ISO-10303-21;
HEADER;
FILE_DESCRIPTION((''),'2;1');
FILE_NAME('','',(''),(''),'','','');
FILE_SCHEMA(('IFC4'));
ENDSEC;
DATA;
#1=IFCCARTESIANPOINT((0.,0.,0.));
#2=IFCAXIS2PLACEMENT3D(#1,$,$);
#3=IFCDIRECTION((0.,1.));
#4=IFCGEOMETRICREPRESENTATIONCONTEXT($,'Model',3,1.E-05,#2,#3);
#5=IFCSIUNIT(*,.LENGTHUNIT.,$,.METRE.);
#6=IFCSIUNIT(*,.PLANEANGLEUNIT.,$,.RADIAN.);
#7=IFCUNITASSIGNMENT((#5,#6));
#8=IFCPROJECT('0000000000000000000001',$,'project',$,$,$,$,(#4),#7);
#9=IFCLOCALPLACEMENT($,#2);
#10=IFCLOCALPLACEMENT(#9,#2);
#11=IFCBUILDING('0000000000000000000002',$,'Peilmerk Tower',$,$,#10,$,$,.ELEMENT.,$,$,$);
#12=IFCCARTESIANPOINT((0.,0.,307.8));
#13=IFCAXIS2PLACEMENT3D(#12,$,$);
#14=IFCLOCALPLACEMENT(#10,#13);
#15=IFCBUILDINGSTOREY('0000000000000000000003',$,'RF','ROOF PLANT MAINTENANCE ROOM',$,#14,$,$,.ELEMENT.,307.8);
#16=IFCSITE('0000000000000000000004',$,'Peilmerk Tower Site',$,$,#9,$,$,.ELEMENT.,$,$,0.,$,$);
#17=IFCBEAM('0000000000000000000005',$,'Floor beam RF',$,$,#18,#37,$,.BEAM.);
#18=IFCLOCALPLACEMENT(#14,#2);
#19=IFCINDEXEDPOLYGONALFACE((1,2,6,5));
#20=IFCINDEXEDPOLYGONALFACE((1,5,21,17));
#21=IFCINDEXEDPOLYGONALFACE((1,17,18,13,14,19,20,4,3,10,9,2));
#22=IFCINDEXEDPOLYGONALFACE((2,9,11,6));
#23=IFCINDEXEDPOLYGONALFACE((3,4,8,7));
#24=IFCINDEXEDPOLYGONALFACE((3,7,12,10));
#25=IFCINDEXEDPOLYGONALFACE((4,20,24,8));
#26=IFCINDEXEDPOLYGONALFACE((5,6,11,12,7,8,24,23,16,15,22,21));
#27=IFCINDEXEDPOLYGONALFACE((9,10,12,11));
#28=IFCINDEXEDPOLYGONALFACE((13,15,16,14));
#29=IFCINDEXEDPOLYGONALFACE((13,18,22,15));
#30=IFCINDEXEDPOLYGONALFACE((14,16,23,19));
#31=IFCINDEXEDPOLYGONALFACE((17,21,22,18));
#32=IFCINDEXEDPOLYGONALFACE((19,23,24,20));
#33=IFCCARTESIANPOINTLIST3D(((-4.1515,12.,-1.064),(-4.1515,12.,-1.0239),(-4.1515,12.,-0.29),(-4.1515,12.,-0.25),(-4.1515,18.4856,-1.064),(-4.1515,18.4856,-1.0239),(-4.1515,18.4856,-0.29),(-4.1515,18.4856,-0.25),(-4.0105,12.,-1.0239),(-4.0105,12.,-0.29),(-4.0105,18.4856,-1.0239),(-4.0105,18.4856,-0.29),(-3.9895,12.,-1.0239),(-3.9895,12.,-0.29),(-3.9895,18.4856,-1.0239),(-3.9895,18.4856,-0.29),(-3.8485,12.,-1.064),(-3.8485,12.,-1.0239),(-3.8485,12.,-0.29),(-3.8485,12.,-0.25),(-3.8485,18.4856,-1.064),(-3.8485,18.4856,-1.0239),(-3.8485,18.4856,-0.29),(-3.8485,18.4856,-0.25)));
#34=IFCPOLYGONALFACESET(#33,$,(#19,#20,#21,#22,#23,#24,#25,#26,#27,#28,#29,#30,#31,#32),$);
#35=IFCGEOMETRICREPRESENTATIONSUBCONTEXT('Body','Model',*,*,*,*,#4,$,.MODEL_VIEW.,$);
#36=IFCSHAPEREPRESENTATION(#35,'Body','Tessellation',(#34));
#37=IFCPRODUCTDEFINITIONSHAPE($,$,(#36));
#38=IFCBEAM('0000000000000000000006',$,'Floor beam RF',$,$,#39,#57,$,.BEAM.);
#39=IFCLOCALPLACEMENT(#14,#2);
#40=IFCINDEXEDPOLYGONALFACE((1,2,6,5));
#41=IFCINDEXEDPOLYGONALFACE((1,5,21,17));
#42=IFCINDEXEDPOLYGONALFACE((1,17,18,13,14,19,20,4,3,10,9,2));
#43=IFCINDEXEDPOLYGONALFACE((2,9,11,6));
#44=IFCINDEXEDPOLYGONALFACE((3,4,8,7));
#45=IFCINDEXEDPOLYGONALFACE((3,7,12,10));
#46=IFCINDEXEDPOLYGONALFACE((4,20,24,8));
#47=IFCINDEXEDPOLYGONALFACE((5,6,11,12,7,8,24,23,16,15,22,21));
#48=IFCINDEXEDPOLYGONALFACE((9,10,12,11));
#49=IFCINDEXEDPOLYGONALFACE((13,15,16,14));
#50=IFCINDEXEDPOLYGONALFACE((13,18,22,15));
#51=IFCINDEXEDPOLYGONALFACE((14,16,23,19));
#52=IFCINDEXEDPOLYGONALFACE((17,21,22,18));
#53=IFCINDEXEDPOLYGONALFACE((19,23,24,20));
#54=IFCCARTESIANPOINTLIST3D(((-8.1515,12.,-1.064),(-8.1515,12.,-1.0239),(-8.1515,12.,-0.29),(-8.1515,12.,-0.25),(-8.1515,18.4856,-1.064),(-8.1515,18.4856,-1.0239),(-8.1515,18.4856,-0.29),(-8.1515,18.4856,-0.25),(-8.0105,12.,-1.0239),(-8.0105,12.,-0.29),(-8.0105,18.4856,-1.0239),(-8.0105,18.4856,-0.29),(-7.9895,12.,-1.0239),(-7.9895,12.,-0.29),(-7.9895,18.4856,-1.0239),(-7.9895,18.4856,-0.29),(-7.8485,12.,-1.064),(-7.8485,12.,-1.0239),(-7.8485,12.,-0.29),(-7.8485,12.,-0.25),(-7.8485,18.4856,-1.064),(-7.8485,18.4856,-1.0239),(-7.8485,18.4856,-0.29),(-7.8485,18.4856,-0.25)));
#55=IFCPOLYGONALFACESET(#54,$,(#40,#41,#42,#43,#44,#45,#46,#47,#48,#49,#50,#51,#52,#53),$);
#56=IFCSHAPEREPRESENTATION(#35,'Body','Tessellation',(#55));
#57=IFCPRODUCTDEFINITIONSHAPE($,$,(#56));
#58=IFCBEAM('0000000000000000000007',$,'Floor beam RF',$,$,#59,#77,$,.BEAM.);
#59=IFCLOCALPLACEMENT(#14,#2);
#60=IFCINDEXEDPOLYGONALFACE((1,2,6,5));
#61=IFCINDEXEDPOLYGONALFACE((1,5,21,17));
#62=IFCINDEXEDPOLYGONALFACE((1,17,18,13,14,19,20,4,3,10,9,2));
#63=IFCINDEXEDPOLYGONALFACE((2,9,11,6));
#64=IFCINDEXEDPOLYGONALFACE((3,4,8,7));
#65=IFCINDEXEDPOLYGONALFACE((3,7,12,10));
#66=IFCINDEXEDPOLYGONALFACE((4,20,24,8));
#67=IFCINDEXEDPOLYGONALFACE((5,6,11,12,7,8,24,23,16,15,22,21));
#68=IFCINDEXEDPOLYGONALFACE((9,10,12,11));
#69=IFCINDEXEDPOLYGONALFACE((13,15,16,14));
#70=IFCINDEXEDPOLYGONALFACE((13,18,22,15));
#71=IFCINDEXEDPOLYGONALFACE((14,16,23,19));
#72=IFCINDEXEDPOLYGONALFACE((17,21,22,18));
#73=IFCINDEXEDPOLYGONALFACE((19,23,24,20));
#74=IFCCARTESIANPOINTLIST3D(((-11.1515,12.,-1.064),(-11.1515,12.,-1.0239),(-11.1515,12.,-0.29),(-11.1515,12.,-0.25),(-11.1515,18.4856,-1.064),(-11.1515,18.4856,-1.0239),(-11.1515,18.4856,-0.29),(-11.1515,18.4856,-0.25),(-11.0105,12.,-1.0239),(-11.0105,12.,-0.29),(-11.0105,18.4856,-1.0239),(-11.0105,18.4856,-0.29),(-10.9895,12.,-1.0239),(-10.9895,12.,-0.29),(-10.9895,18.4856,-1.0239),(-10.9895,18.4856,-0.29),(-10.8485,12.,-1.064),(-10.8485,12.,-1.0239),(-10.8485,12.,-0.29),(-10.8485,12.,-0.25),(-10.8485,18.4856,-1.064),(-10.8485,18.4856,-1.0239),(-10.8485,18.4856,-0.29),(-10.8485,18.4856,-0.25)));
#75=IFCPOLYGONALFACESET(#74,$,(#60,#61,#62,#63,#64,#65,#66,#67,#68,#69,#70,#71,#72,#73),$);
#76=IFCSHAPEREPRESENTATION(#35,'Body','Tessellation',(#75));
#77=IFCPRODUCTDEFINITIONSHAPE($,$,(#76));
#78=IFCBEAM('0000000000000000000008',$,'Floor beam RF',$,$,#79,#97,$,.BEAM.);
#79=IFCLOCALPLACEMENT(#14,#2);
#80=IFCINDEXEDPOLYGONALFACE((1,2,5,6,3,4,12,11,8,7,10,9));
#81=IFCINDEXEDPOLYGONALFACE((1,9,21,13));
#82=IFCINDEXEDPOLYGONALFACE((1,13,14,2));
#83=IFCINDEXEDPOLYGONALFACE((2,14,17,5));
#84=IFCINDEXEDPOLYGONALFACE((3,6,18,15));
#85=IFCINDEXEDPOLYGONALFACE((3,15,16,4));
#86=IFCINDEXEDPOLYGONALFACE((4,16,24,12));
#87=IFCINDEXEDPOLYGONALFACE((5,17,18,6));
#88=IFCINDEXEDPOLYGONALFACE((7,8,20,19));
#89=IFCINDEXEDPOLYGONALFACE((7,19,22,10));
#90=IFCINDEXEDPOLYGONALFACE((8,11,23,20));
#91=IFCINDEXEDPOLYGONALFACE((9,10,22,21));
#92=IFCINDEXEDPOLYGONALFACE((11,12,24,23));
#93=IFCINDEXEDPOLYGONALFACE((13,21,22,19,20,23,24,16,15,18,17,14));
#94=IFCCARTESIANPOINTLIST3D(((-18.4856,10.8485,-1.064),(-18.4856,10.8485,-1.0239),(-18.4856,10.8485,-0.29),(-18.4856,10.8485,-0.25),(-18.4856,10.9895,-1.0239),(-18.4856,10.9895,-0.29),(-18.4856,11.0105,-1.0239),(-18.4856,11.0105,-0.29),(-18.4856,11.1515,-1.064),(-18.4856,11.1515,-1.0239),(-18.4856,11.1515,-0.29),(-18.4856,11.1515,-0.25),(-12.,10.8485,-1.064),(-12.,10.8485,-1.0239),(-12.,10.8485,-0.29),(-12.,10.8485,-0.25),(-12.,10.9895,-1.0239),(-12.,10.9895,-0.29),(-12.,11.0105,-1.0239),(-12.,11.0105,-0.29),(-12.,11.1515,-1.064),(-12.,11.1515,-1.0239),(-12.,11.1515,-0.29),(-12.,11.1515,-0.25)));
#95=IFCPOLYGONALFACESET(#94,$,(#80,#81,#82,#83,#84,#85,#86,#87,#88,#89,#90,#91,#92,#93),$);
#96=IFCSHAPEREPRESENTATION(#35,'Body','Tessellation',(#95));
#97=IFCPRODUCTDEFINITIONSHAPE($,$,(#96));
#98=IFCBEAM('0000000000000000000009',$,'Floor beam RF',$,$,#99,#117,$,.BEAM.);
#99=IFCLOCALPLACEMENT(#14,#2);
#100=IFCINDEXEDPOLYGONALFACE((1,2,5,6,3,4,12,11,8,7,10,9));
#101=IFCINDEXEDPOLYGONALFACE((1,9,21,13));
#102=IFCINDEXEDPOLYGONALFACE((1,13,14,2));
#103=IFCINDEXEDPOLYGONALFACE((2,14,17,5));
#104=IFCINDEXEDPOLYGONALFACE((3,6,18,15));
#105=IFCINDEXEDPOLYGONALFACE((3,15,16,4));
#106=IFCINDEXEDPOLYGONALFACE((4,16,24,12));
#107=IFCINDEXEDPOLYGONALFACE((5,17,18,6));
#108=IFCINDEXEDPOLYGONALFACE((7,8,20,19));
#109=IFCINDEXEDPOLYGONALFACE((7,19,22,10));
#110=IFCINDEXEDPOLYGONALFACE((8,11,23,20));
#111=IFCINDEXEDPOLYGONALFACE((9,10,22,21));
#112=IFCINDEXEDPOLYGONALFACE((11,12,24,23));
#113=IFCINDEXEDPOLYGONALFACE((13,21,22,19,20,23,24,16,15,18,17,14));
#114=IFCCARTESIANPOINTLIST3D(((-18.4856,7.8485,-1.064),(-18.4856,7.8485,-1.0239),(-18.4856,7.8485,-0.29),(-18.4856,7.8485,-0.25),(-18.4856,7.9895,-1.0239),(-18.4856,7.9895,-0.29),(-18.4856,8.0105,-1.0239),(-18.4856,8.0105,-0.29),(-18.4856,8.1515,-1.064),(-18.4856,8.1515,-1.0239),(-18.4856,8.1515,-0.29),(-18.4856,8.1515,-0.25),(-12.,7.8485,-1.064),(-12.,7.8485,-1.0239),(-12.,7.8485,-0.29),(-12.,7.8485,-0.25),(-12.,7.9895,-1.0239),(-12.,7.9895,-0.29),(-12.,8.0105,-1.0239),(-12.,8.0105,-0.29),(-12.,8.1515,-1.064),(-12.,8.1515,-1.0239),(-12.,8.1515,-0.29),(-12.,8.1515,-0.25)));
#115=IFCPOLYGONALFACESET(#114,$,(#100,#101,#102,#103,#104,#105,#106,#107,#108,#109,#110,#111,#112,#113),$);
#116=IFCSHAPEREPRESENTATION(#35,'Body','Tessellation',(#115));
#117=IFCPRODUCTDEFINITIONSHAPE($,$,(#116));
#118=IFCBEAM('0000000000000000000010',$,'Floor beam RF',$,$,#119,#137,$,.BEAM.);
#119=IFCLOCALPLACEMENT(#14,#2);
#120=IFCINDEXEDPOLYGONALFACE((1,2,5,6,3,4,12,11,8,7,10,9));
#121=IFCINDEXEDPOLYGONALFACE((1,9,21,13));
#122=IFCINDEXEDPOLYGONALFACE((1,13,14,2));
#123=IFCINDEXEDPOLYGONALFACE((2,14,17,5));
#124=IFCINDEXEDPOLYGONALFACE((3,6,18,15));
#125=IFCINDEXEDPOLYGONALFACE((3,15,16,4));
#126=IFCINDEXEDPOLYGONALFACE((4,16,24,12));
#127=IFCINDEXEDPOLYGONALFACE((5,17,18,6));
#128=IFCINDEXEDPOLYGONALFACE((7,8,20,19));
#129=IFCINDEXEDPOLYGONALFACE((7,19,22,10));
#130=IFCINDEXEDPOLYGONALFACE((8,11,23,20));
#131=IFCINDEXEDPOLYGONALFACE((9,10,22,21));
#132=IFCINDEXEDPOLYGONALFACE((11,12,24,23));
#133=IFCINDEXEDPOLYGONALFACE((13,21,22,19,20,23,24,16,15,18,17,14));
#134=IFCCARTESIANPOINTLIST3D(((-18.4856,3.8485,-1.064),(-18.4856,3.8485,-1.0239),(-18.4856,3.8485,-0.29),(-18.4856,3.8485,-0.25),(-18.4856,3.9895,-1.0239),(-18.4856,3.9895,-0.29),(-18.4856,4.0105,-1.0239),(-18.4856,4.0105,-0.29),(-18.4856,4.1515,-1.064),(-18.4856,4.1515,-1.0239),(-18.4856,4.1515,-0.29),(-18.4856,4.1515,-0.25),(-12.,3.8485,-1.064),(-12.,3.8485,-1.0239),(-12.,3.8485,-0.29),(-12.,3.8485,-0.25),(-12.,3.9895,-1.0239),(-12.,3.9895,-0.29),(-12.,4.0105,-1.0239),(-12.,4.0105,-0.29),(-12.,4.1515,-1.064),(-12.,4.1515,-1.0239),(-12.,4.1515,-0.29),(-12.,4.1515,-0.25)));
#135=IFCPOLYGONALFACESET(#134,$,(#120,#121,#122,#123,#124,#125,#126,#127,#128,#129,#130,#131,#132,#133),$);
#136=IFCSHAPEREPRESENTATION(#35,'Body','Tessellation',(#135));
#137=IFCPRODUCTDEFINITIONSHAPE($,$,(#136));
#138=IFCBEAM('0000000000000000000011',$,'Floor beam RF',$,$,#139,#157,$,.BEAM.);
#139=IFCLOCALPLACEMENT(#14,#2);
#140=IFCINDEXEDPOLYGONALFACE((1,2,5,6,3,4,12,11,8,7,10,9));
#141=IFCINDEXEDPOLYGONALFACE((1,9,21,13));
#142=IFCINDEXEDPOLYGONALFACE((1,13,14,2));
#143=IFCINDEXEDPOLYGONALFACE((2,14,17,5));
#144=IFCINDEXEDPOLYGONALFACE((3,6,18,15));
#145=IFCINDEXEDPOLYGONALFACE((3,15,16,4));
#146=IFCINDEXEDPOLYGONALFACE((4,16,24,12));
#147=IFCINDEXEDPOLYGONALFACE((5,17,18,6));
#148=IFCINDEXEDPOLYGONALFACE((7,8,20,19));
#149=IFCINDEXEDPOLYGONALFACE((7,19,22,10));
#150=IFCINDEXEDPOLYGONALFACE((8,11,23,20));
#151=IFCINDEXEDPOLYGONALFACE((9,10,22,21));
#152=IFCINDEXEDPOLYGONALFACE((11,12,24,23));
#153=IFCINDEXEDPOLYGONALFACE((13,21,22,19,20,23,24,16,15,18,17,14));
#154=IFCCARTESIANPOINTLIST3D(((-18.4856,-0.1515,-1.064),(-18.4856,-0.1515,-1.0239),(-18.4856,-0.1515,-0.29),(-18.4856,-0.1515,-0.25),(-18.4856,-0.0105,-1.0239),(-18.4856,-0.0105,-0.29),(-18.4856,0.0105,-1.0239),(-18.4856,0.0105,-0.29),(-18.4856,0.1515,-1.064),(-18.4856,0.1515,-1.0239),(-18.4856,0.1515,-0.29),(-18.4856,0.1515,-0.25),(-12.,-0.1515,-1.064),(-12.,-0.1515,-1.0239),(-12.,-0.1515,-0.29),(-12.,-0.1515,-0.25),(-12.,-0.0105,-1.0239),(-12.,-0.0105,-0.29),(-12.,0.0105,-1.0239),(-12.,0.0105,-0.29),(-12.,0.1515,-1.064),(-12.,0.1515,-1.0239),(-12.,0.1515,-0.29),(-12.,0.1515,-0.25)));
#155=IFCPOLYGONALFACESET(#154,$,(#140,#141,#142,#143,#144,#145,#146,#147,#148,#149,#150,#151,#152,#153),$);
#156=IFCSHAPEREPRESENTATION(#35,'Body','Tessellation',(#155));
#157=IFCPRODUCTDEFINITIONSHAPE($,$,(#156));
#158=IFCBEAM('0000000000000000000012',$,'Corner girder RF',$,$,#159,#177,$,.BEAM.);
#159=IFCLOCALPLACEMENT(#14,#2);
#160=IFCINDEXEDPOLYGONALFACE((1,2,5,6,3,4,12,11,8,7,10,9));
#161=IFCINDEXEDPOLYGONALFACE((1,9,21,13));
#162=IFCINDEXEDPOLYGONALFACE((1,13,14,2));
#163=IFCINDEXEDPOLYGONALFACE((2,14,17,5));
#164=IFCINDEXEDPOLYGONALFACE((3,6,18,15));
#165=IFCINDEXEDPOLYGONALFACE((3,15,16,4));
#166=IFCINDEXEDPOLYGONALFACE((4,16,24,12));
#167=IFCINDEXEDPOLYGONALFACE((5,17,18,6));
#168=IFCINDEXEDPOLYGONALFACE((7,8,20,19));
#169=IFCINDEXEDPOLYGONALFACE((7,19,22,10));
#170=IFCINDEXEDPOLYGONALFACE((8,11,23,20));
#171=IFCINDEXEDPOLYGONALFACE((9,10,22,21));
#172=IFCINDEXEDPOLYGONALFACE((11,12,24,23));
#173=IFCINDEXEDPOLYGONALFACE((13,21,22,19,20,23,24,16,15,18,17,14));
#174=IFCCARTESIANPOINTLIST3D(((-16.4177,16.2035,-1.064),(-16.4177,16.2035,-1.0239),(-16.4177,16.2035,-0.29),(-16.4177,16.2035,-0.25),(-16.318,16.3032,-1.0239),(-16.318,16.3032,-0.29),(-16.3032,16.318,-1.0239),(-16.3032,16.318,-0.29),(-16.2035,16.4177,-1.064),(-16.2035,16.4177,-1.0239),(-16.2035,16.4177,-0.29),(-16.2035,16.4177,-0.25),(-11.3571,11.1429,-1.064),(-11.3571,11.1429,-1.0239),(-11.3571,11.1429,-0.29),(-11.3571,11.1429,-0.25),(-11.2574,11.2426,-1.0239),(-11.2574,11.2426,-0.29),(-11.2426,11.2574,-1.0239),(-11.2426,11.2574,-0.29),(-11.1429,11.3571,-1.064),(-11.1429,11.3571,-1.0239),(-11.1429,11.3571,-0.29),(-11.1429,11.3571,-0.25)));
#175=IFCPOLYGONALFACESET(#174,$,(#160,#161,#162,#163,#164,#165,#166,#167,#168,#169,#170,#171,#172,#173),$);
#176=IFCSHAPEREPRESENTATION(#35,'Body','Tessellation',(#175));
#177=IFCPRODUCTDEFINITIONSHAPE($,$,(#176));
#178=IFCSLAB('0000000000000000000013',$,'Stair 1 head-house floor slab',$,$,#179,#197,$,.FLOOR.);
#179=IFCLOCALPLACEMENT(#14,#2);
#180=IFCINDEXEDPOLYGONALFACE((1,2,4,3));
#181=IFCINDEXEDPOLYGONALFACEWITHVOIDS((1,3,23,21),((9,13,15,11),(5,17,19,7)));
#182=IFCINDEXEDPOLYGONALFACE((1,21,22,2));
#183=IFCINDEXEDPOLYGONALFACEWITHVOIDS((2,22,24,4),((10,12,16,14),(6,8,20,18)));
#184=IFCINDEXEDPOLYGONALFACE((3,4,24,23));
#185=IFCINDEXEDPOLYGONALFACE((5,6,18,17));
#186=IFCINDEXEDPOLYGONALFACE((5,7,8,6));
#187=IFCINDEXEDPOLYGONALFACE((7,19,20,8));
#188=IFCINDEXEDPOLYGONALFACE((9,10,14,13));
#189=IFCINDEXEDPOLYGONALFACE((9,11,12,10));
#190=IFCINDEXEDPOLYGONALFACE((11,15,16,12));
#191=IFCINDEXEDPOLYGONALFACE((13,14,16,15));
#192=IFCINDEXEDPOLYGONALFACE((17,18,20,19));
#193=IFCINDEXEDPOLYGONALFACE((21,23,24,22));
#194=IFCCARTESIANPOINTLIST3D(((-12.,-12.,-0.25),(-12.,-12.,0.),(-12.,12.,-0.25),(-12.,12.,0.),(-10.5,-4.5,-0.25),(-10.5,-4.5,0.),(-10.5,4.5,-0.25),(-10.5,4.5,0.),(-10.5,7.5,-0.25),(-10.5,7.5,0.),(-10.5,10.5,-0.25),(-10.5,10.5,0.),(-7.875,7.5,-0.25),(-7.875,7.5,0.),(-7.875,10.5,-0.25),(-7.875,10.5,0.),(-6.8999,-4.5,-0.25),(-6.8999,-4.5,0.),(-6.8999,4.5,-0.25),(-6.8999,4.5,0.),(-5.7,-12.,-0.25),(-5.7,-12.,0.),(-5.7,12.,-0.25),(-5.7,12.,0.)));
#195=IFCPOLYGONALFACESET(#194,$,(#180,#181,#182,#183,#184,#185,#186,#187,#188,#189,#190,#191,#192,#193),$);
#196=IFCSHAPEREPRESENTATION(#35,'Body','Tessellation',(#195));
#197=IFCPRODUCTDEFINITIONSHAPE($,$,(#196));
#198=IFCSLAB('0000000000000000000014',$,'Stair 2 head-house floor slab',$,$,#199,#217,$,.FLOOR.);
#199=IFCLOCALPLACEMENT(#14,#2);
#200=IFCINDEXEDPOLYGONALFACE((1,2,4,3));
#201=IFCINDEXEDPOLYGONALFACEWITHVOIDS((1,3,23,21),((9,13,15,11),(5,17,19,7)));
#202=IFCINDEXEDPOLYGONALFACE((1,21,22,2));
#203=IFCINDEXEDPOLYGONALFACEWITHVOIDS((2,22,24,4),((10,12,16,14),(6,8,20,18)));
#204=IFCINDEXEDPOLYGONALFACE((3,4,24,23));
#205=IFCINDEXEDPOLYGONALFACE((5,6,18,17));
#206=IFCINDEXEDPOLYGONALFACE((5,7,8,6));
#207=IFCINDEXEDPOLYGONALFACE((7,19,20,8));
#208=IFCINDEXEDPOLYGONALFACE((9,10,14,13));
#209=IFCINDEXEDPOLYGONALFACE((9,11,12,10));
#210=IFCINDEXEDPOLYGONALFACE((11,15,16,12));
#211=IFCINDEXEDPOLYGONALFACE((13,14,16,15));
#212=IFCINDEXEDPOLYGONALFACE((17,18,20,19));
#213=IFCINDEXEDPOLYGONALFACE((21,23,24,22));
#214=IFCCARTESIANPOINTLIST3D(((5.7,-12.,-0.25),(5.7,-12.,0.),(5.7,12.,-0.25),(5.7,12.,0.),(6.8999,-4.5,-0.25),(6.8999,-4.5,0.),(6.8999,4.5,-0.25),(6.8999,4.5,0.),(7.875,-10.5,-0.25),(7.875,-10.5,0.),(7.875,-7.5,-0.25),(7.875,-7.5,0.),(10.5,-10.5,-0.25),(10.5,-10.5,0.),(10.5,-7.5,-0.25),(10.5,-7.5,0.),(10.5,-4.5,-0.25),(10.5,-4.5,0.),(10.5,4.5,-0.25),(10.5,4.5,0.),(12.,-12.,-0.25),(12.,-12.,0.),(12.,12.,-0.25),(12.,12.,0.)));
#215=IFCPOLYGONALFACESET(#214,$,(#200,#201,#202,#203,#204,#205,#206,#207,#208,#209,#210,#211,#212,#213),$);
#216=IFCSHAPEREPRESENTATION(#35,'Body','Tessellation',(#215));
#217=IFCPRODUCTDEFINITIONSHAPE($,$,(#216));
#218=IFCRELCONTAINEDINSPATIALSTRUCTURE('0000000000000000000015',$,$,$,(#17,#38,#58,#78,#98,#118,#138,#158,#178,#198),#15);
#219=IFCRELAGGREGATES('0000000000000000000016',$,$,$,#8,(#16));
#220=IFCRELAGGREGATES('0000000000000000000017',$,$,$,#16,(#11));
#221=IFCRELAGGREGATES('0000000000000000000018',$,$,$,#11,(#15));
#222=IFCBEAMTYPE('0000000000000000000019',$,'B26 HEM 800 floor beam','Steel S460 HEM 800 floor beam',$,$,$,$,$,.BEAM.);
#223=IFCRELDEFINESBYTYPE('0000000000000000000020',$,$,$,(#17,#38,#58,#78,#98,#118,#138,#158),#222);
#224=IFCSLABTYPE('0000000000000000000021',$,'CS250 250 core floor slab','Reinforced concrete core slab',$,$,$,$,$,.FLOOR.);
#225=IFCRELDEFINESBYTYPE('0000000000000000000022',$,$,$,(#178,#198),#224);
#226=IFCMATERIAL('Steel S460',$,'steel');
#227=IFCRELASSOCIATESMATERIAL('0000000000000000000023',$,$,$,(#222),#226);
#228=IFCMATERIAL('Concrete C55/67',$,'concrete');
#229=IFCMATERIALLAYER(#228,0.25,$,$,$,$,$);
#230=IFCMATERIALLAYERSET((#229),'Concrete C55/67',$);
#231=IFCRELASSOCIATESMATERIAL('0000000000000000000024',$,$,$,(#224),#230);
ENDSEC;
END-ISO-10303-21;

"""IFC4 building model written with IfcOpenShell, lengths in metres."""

from ifc_helpers import new_model, si_unit, direction, frame, origin, origin_2d, place, context, subcontext, project, spatial, polyline, i_section, outline, extrude, material, layer, layer_set, material_profile, profile_set, type_object, element, save


model = new_model("IFC4")

# Units and contexts
model_context = context("Model", 3, precision=1e-05, world=origin(), true_north=direction((0.0, 1.0)))
body_context = subcontext(model_context, "Body", "Model", "MODEL_VIEW")
ifc_project = project(units=[si_unit("LENGTHUNIT", "METRE"), si_unit("PLANEANGLEUNIT", "RADIAN")], contexts=[model_context])

# Site, building, storey
site_placement = place(None, origin())
site = spatial("IfcSite", under=ifc_project, at=site_placement, Name="Peilmerk Tower Site", CompositionType="ELEMENT", RefElevation=0.0)
building_placement = place(site_placement, origin())
building = spatial("IfcBuilding", under=site, at=building_placement, Name="Peilmerk Tower", CompositionType="ELEMENT")
storey_placement = place(building_placement, frame((0.0, 0.0, 307.8)))
storey = spatial("IfcBuildingStorey", under=building, at=storey_placement, Name="RF", Description="ROOF PLANT MAINTENANCE ROOM", CompositionType="ELEMENT", Elevation=307.8)

# Beams
ifc_material_1 = material(Name="Steel S460", Category="steel")
ifc_material_profile = material_profile(ifc_material_1, i_section(OverallWidth=0.303, OverallDepth=0.814, WebThickness=0.021, FlangeThickness=0.04, at=origin_2d()), Name="HEM 800")
ifc_profile_set = profile_set([ifc_material_profile], Name="Steel S460")
beam_type = type_object("IfcBeamType", Name="B26 HEM 800 floor beam", Description="Steel S460 HEM 800 floor beam", PredefinedType="BEAM", material=ifc_profile_set)
for number, where, z_axis, x_axis, name in (
    (1, (-4.0, 12.0, -0.657), (0.0, 1.0, 0.0), (-1.0, 0.0, 0.0), "Floor beam RF"),
    (2, (-8.0, 12.0, -0.657), (0.0, 1.0, 0.0), (-1.0, 0.0, 0.0), "Floor beam RF"),
    (3, (-11.0, 12.0, -0.657), (0.0, 1.0, 0.0), (-1.0, 0.0, 0.0), "Floor beam RF"),
    (4, (-12.0, 11.0, -0.657), (-1.0, 0.0, 0.0), (0.0, -1.0, 0.0), "Floor beam RF"),
    (5, (-12.0, 8.0, -0.657), (-1.0, 0.0, 0.0), (0.0, -1.0, 0.0), "Floor beam RF"),
    (6, (-12.0, 4.0, -0.657), (-1.0, 0.0, 0.0), (0.0, -1.0, 0.0), "Floor beam RF"),
    (7, (-12.0, 0.0, -0.657), (-1.0, 0.0, 0.0), (0.0, -1.0, 0.0), "Floor beam RF"),
):
    element("IfcBeam", number, at=place(storey_placement, frame(where, z_axis=z_axis, x_axis=x_axis)), inside=storey, type_object=beam_type, Name=name, PredefinedType="BEAM", context=body_context, shape_type="SweptSolid", body=[
        extrude(i_section(OverallWidth=0.303, OverallDepth=0.814, WebThickness=0.021, FlangeThickness=0.04, at=origin_2d()), origin(), (0.0, 0.0, 1.0), 6.4856),
    ])
beam_placement = place(storey_placement, frame((-11.25, 11.25, -0.657), z_axis=(-0.707107, 0.707107, 0.0), x_axis=(-0.707107, -0.707107, 0.0)))
element("IfcBeam", 8, at=beam_placement, inside=storey, type_object=beam_type, Name="Corner girder RF", PredefinedType="BEAM", context=body_context, shape_type="SweptSolid", body=[
    extrude(i_section(OverallWidth=0.303, OverallDepth=0.814, WebThickness=0.021, FlangeThickness=0.04, at=origin_2d()), origin(), (0.0, 0.0, 1.0), 7.1567),
])

# Slabs
ifc_material_2 = material(Name="Concrete C55/67", Category="concrete")
ifc_layer_1 = layer(ifc_material_2, 0.25)
ifc_layer_set_1 = layer_set([ifc_layer_1], Name="Concrete C55/67")
slab_type_1 = type_object("IfcSlabType", Name="CS250 250 core floor slab", Description="Reinforced concrete core slab", PredefinedType="FLOOR", material=ifc_layer_set_1)
slab_1_placement = place(storey_placement, frame((0.0, 0.0, -0.25)))
element("IfcSlab", 9, at=slab_1_placement, inside=storey, type_object=slab_type_1, Name="Stair 1 head-house floor slab", PredefinedType="FLOOR", context=body_context, shape_type="SweptSolid", body=[
    extrude(outline(polyline([(-12.0, 12.0), (-12.0, -12.0), (-5.7, -12.0), (-5.7, 12.0), (-12.0, 12.0)]), holes=[polyline([(-10.5, 4.5), (-6.8999, 4.5), (-6.8999, -4.5), (-10.5, -4.5), (-10.5, 4.5)]), polyline([(-7.875, 10.5), (-7.875, 7.5), (-10.5, 7.5), (-10.5, 10.5), (-7.875, 10.5)])]), origin(), (0.0, 0.0, 1.0), 0.25),
])
slab_2_placement = place(storey_placement, frame((0.0, 0.0, -0.25)))
element("IfcSlab", 10, at=slab_2_placement, inside=storey, type_object=slab_type_1, Name="Stair 2 head-house floor slab", PredefinedType="FLOOR", context=body_context, shape_type="SweptSolid", body=[
    extrude(outline(polyline([(5.7, 12.0), (5.7, -12.0), (12.0, -12.0), (12.0, 12.0), (5.7, 12.0)]), holes=[polyline([(6.8999, 4.5), (10.5, 4.5), (10.5, -4.5), (6.8999, -4.5), (6.8999, 4.5)]), polyline([(10.5, -7.5), (10.5, -10.5), (7.875, -10.5), (7.875, -7.5), (10.5, -7.5)])]), origin(), (0.0, 0.0, 1.0), 0.25),
])

save(model, "model.ifc")
